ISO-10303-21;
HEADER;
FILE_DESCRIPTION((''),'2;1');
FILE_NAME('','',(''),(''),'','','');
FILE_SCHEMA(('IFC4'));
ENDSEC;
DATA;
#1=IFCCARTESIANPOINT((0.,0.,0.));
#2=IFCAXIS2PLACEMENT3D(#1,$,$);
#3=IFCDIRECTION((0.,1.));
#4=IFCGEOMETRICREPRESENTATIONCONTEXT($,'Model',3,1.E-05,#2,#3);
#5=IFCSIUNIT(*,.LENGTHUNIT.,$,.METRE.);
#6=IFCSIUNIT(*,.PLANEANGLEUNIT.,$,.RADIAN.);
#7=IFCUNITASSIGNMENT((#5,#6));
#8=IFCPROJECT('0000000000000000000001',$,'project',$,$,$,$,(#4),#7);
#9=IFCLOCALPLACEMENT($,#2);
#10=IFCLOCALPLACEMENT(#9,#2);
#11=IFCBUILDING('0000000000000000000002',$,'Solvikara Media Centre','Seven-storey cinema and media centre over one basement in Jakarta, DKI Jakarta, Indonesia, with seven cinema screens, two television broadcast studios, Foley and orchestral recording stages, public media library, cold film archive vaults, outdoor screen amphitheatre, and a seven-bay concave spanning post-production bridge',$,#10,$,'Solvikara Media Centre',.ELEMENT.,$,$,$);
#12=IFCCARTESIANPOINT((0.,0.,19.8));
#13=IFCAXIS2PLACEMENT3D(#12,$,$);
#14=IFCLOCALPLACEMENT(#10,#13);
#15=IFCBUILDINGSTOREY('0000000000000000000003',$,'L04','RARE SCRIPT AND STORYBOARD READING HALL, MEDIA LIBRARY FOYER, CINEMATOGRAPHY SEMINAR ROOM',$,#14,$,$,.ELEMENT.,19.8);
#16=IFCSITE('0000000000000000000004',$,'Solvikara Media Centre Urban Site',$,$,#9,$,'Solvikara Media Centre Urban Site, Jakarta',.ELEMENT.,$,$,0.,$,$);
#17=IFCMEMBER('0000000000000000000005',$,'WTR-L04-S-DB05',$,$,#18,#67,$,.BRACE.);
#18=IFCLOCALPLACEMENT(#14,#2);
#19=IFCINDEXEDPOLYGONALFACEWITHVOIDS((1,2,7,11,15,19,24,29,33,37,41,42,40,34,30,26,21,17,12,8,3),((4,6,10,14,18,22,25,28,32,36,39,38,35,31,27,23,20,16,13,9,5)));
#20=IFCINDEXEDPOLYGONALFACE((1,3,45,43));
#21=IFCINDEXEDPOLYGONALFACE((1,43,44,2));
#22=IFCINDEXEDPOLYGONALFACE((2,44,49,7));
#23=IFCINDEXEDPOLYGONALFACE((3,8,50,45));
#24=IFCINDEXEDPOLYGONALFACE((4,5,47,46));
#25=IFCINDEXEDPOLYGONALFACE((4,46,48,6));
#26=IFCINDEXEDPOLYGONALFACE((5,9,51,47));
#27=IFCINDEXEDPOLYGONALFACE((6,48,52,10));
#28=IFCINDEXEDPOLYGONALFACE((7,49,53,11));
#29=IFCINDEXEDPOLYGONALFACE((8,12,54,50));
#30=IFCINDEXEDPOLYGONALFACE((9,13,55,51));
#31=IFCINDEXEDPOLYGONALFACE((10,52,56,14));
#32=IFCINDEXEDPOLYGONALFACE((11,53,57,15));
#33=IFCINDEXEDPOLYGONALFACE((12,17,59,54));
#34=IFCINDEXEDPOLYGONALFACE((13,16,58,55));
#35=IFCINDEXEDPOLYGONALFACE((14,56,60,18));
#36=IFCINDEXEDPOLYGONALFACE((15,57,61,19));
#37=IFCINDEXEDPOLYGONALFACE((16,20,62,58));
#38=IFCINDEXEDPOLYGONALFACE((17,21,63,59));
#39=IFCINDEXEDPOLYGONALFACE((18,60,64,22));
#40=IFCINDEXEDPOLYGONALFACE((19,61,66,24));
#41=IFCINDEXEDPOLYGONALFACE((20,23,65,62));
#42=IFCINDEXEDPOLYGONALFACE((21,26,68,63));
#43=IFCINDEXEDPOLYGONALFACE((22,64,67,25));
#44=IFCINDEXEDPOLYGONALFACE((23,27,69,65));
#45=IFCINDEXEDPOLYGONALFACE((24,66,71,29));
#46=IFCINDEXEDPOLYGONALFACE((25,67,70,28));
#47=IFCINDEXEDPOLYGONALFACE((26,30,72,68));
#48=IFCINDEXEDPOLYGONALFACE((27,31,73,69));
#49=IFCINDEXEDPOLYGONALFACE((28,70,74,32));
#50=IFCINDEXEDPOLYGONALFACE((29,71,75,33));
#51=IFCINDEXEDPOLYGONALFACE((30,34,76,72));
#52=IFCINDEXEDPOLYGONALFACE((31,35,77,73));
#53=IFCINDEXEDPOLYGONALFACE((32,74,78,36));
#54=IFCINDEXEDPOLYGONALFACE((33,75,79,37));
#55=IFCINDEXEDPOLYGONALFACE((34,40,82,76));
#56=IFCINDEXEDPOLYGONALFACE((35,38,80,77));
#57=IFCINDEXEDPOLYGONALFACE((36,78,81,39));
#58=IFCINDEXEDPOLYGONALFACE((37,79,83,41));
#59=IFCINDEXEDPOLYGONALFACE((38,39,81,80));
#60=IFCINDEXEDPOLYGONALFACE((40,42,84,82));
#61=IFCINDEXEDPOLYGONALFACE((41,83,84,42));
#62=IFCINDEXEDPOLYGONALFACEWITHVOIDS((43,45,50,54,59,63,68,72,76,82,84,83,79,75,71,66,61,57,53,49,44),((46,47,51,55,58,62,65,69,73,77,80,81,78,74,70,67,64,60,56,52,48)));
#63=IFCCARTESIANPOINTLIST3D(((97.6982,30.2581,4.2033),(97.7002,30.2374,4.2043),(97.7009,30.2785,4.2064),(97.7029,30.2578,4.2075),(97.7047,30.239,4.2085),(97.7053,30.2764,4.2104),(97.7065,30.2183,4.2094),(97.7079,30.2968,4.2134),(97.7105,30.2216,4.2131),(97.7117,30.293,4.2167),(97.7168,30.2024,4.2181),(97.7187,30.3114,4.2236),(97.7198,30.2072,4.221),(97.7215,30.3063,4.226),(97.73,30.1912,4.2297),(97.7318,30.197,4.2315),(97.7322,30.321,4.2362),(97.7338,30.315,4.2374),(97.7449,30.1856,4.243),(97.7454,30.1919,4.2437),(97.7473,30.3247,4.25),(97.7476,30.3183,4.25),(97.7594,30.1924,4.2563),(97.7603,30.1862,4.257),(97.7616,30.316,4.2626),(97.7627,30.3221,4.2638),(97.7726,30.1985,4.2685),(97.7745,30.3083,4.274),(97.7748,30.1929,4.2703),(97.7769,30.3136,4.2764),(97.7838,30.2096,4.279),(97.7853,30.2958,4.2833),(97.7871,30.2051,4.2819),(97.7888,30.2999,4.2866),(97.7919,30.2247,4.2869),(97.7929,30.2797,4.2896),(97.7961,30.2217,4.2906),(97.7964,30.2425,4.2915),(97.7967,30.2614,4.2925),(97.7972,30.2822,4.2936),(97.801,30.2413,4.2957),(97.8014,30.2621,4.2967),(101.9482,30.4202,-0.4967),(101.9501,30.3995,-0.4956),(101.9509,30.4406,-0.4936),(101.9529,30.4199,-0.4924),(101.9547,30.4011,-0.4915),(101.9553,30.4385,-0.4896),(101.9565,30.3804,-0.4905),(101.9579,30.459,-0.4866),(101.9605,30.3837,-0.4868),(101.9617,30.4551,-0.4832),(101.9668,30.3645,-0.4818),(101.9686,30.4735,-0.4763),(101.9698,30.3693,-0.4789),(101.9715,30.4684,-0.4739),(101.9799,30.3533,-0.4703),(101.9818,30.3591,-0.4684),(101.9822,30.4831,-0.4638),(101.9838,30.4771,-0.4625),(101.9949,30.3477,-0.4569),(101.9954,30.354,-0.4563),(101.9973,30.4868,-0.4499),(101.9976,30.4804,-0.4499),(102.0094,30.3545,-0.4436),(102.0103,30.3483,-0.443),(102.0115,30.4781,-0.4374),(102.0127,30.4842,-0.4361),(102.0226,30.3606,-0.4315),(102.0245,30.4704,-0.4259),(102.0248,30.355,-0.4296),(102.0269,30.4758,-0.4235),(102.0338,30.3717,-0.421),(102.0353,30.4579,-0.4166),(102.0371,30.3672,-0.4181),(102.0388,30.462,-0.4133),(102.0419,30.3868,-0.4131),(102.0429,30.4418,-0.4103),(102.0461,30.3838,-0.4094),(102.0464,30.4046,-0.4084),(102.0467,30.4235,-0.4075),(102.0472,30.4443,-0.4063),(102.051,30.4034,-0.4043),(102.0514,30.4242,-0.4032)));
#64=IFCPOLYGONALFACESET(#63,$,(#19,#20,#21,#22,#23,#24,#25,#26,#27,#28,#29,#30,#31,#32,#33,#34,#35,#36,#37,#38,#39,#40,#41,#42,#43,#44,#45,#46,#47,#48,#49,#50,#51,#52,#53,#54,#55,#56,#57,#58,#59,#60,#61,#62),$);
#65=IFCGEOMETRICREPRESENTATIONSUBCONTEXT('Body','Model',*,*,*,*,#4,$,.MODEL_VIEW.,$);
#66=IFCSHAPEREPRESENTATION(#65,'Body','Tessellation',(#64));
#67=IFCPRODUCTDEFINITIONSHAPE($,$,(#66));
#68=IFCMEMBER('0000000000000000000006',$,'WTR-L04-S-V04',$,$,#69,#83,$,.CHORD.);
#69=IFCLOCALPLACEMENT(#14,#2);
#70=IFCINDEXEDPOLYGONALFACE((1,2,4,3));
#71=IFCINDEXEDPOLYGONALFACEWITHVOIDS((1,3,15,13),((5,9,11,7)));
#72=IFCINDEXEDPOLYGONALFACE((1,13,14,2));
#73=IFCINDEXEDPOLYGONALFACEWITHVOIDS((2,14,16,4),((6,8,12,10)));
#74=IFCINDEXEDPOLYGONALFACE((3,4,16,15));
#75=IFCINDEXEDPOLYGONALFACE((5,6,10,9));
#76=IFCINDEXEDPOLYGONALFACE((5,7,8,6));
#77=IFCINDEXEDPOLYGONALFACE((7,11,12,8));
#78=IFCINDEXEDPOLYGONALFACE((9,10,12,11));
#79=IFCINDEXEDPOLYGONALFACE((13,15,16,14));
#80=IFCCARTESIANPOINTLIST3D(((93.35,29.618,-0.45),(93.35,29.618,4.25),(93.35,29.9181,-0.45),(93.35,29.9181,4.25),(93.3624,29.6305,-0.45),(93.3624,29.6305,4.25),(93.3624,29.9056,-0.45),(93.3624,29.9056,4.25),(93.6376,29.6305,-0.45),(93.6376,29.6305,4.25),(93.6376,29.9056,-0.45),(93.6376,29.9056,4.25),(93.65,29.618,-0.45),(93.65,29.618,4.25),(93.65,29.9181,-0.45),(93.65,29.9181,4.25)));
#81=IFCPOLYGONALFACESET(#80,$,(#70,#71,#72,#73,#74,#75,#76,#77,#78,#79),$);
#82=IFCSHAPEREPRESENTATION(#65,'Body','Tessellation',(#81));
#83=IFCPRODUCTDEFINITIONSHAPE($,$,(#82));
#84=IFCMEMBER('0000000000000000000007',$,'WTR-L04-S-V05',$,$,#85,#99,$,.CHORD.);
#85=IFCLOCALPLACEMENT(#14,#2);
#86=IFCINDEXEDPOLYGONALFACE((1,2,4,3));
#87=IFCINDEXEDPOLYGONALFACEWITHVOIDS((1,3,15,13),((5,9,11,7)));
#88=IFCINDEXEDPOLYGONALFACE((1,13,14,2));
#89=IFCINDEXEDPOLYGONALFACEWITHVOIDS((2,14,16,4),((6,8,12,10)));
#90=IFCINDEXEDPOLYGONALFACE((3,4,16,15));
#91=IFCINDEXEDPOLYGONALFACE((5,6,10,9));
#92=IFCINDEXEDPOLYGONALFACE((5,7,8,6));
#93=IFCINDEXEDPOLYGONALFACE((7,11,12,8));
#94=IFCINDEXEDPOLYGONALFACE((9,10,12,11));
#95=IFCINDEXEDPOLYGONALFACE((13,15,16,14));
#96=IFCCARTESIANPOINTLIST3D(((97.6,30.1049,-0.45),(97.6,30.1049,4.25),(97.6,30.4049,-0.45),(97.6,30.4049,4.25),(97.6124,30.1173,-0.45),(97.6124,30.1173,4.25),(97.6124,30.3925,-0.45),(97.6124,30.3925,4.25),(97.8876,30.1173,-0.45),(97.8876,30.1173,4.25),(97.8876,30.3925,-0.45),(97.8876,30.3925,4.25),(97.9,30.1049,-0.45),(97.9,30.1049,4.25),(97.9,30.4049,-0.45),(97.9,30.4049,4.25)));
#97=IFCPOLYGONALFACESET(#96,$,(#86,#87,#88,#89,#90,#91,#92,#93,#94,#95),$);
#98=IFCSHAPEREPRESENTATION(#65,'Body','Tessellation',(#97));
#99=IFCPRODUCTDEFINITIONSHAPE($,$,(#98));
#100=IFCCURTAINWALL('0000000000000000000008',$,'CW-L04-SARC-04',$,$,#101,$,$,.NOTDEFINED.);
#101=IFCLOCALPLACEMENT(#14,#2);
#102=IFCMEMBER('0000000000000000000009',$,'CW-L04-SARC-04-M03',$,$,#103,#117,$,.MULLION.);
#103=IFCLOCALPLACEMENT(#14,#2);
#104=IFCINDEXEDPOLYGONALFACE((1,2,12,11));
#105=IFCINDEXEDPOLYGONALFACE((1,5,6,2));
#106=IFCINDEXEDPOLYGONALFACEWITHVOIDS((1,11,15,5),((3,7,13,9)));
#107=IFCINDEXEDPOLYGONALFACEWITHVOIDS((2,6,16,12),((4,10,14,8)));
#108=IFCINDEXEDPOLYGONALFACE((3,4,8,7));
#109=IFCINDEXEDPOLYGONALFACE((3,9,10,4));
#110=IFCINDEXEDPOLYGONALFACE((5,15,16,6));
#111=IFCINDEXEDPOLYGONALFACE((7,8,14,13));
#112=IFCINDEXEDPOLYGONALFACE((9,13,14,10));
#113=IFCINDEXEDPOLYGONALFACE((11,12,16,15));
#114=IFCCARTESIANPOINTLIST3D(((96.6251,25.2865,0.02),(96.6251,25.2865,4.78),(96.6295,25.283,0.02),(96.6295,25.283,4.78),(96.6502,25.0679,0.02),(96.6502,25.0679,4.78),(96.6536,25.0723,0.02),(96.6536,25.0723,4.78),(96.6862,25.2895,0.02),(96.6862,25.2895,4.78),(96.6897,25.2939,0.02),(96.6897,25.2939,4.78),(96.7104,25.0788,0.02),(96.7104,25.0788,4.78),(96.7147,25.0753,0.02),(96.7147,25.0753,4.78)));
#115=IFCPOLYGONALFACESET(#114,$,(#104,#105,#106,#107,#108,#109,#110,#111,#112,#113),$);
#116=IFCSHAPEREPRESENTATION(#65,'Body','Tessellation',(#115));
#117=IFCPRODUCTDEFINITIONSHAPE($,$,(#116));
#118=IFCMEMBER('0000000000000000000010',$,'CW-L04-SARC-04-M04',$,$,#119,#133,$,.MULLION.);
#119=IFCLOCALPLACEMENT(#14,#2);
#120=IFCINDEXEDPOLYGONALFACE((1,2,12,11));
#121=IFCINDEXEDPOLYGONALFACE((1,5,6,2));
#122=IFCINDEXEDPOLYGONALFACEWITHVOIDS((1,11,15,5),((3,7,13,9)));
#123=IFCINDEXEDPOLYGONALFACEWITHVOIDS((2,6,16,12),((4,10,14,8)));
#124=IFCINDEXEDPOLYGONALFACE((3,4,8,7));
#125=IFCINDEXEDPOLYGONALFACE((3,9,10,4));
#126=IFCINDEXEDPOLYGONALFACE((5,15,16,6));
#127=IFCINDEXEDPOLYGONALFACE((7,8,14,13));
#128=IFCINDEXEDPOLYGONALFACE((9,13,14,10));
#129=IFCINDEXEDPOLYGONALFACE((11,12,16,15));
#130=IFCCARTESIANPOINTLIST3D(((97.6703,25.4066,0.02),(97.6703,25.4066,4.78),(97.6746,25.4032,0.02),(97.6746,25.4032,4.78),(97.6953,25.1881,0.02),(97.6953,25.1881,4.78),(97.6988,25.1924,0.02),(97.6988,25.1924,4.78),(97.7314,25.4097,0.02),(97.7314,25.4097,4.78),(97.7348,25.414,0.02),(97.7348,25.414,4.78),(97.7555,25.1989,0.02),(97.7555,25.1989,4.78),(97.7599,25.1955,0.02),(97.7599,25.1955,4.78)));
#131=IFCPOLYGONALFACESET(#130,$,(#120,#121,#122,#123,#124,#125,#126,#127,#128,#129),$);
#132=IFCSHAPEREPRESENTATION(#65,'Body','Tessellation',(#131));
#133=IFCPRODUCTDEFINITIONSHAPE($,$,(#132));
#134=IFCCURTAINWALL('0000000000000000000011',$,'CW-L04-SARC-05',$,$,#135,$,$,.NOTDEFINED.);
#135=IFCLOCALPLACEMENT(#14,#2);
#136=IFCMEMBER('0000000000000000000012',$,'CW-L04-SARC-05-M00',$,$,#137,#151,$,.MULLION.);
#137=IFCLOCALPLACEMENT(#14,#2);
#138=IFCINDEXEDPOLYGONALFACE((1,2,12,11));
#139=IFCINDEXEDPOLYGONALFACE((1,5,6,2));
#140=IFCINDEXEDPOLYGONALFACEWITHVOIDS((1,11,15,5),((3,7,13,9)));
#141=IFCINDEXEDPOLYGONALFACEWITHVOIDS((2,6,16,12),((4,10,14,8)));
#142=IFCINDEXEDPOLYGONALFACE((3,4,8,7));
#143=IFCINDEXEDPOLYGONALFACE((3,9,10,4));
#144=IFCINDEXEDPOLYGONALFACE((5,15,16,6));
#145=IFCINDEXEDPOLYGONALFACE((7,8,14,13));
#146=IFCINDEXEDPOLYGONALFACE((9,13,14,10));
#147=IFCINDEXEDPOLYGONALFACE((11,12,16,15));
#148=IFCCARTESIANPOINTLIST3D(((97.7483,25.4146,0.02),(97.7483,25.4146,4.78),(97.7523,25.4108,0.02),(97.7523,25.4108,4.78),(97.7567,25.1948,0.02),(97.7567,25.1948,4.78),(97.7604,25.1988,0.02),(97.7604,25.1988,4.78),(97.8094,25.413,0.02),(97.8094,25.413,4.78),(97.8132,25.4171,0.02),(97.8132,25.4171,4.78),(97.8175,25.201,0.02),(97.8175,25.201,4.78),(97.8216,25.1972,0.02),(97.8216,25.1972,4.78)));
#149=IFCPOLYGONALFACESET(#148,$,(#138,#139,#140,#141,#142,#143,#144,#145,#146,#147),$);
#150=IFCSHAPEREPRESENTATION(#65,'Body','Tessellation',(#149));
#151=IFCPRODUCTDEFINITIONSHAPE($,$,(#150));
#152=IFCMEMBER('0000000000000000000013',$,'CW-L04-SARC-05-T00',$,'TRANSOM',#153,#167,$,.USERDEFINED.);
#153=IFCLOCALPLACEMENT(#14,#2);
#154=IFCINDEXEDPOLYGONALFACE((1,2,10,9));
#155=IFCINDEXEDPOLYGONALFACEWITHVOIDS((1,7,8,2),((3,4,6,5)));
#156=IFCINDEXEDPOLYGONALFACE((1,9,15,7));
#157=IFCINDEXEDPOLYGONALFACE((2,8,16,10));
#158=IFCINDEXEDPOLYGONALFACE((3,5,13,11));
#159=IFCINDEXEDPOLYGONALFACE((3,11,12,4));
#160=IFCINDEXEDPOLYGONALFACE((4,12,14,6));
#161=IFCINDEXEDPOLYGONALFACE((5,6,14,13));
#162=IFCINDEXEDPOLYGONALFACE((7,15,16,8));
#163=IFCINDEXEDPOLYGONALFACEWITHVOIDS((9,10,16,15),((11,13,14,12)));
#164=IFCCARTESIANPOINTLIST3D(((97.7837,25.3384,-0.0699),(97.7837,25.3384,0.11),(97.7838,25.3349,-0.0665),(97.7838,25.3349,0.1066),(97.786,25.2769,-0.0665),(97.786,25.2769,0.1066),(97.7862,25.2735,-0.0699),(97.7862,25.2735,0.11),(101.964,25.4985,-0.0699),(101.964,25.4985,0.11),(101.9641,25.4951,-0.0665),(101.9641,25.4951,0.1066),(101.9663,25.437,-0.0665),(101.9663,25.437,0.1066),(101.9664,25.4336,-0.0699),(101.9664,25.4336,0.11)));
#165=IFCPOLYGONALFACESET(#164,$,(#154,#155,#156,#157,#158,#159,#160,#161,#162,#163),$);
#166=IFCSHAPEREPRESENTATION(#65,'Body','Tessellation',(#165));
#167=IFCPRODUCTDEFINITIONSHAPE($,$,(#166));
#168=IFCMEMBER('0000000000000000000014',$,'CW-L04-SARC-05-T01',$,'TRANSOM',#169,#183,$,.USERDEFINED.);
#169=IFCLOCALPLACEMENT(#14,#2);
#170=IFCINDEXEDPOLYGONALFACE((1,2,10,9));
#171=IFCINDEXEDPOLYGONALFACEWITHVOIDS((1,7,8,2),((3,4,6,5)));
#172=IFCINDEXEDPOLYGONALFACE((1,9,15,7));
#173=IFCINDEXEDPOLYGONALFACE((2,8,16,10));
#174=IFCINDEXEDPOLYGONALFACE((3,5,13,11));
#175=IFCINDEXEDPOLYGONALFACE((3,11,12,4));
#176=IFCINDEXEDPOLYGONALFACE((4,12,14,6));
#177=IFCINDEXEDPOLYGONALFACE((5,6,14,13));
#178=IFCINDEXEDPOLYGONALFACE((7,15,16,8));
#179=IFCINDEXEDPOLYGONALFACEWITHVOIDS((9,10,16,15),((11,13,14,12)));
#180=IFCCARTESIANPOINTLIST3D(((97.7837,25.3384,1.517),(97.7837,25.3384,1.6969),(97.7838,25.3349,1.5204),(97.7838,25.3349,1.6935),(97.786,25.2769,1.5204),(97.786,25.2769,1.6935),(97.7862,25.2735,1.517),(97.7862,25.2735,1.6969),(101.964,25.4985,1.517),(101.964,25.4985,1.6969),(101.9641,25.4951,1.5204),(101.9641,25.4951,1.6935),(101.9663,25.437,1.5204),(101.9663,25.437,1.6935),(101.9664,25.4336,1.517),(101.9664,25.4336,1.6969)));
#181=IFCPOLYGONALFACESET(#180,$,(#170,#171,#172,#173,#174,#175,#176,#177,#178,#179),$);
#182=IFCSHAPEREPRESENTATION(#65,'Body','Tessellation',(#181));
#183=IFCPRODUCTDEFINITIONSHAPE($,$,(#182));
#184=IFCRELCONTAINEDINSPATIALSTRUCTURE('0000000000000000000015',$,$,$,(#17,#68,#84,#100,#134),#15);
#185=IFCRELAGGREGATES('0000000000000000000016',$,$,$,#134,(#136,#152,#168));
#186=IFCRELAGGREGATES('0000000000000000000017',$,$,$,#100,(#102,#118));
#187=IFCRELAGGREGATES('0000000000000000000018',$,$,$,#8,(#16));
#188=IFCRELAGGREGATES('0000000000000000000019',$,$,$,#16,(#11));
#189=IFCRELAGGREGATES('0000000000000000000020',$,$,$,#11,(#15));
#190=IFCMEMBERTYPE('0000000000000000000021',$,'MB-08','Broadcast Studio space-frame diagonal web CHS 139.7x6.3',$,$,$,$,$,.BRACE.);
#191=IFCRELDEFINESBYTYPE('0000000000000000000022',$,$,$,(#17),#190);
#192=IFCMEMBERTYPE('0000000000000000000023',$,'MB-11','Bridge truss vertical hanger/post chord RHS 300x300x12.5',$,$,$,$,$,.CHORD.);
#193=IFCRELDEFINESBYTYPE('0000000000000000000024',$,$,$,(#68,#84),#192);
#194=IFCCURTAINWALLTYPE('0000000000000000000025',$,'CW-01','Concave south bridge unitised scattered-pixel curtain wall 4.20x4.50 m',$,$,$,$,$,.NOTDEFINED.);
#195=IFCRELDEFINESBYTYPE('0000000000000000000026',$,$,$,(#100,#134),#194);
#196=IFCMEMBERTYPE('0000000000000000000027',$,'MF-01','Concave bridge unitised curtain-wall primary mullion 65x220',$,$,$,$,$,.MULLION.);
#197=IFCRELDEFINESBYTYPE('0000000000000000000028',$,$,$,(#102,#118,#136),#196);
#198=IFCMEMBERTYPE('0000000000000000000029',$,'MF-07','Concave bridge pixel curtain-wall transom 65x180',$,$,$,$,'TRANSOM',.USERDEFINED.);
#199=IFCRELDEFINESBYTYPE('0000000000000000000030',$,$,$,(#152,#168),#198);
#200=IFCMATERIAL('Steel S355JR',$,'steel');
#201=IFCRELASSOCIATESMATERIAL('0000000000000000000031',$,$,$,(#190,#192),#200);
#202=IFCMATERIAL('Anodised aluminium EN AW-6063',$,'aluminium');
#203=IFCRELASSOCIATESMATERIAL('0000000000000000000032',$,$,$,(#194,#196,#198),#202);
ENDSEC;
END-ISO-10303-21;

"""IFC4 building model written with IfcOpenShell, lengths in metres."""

from ifc_helpers import new_model, si_unit, direction, frame, origin, origin_2d, place, context, subcontext, project, spatial, hollow_rectangle, hollow_circle, extrude, material, material_profile, profile_set, type_object, element, aggregate, save


model = new_model("IFC4")

# Units and contexts
model_context = context("Model", 3, precision=1e-05, world=origin(), true_north=direction((0.0, 1.0)))
body_context = subcontext(model_context, "Body", "Model", "MODEL_VIEW")
ifc_project = project(units=[si_unit("LENGTHUNIT", "METRE"), si_unit("PLANEANGLEUNIT", "RADIAN")], contexts=[model_context])

# Site, building, storey
site_placement = place(None, origin())
site = spatial("IfcSite", under=ifc_project, at=site_placement, Name="Solvikara Media Centre Urban Site", LongName="Solvikara Media Centre Urban Site, Jakarta", CompositionType="ELEMENT", RefElevation=0.0)
building_placement = place(site_placement, origin())
building = spatial("IfcBuilding", under=site, at=building_placement, Name="Solvikara Media Centre", Description="Seven-storey cinema and media centre over one basement in Jakarta, DKI Jakarta, Indonesia, with seven cinema screens, two television broadcast studios, Foley and orchestral recording stages, public media library, cold film archive vaults, outdoor screen amphitheatre, and a seven-bay concave spanning post-production bridge", LongName="Solvikara Media Centre", CompositionType="ELEMENT")
storey_placement = place(building_placement, frame((0.0, 0.0, 19.8)))
storey = spatial("IfcBuildingStorey", under=building, at=storey_placement, Name="L04", Description="RARE SCRIPT AND STORYBOARD READING HALL, MEDIA LIBRARY FOYER, CINEMATOGRAPHY SEMINAR ROOM", CompositionType="ELEMENT", Elevation=19.8)

# Shared definitions
ifc_material_1 = material(Name="Steel S355JR", Category="steel")

# Members
ifc_material_profile_1 = material_profile(ifc_material_1, hollow_circle(Radius=0.0698, WallThickness=0.0063, at=origin_2d()), Name="CHS 139.7x6.3")
ifc_profile_set_1 = profile_set([ifc_material_profile_1], Name="Steel S355JR")
member_type_1 = type_object("IfcMemberType", Name="MB-08", Description="Broadcast Studio space-frame diagonal web CHS 139.7x6.3", PredefinedType="BRACE", material=ifc_profile_set_1)
member_1_placement = place(storey_placement, frame((97.75, 30.2549, 4.25), z_axis=(0.670491, 0.025575, -0.741477), x_axis=(-0.038116, 0.999273, 0.0)))
element("IfcMember", 1, at=member_1_placement, inside=storey, type_object=member_type_1, Name="WTR-L04-S-DB05", PredefinedType="BRACE", context=body_context, shape_type="SweptSolid", body=[
    extrude(hollow_circle(Radius=0.0698, WallThickness=0.0063, at=origin_2d()), origin(), (0.0, 0.0, 1.0), 6.3386),
])
ifc_material_profile_2 = material_profile(ifc_material_1, hollow_rectangle(XDim=0.3, YDim=0.3, WallThickness=0.0125, at=origin_2d()), Name="RHS 300x300x12.5")
ifc_profile_set_2 = profile_set([ifc_material_profile_2], Name="Steel S355JR")
member_type_2 = type_object("IfcMemberType", Name="MB-11", Description="Bridge truss vertical hanger/post chord RHS 300x300x12.5", PredefinedType="CHORD", material=ifc_profile_set_2)
for number, where, z_axis, x_axis, name in (
    (2, (93.5, 29.7681, -0.45), (0.0, 0.0, 1.0), (1.0, 0.0, 0.0), "WTR-L04-S-V04"),
    (3, (97.75, 30.2549, -0.45), (0.0, 0.0, 1.0), (1.0, 0.0, 0.0), "WTR-L04-S-V05"),
):
    element("IfcMember", number, at=place(storey_placement, frame(where, z_axis=z_axis, x_axis=x_axis)), inside=storey, type_object=member_type_2, Name=name, PredefinedType="CHORD", context=body_context, shape_type="SweptSolid", body=[
        extrude(hollow_rectangle(XDim=0.3, YDim=0.3, WallThickness=0.0125, at=origin_2d()), origin(), (0.0, 0.0, 1.0), 4.7),
    ])

# Curtain walls, members
ifc_material_2 = material(Name="Anodised aluminium EN AW-6063", Category="aluminium")
curtain_wall_type = type_object("IfcCurtainWallType", Name="CW-01", Description="Concave south bridge unitised scattered-pixel curtain wall 4.20x4.50 m", PredefinedType="NOTDEFINED", material=ifc_material_2)
curtain_wall_1_placement = place(storey_placement, origin())
curtain_wall_1 = element("IfcCurtainWall", 4, at=curtain_wall_1_placement, inside=storey, type_object=curtain_wall_type, Name="CW-L04-SARC-04", PredefinedType="NOTDEFINED")
ifc_material_profile_3 = material_profile(ifc_material_2, hollow_rectangle(XDim=0.0649, YDim=0.22, WallThickness=0.0039, at=origin_2d()), Name="ALU-M 65x220x4")
ifc_profile_set_3 = profile_set([ifc_material_profile_3], Name="Anodised aluminium EN AW-6063")
member_type_3 = type_object("IfcMemberType", Name="MF-01", Description="Concave bridge unitised curtain-wall primary mullion 65x220", PredefinedType="MULLION", material=ifc_profile_set_3)
member_2_placement = place(storey_placement, frame((96.6699, 25.1809, 0.02), z_axis=(0.0, 0.0, 1.0), x_axis=(0.993499, 0.113845, 0.0)))
member_2 = element("IfcMember", 5, at=member_2_placement, type_object=member_type_3, Name="CW-L04-SARC-04-M03", PredefinedType="MULLION", context=body_context, shape_type="SweptSolid", body=[
    extrude(hollow_rectangle(XDim=0.0649, YDim=0.22, WallThickness=0.0039, at=origin_2d()), origin(), (0.0, 0.0, 1.0), 4.76),
])
member_3_placement = place(storey_placement, frame((97.7151, 25.301, 0.02), z_axis=(0.0, 0.0, 1.0), x_axis=(0.993499, 0.113845, 0.0)))
member_3 = element("IfcMember", 6, at=member_3_placement, type_object=member_type_3, Name="CW-L04-SARC-04-M04", PredefinedType="MULLION", context=body_context, shape_type="SweptSolid", body=[
    extrude(hollow_rectangle(XDim=0.0649, YDim=0.22, WallThickness=0.0039, at=origin_2d()), origin(), (0.0, 0.0, 1.0), 4.76),
])
curtain_wall_2_placement = place(storey_placement, origin())
curtain_wall_2 = element("IfcCurtainWall", 7, at=curtain_wall_2_placement, inside=storey, type_object=curtain_wall_type, Name="CW-L04-SARC-05", PredefinedType="NOTDEFINED")
member_4_placement = place(storey_placement, frame((97.7849, 25.3059, 0.02), z_axis=(0.0, 0.0, 1.0), x_axis=(0.999268, 0.038248, 0.0)))
member_4 = element("IfcMember", 8, at=member_4_placement, type_object=member_type_3, Name="CW-L04-SARC-05-M00", PredefinedType="MULLION", context=body_context, shape_type="SweptSolid", body=[
    extrude(hollow_rectangle(XDim=0.0649, YDim=0.22, WallThickness=0.0039, at=origin_2d()), origin(), (0.0, 0.0, 1.0), 4.76),
])
ifc_material_profile_4 = material_profile(ifc_material_2, hollow_rectangle(XDim=0.0649, YDim=0.1799, WallThickness=0.0034, at=origin_2d()), Name="ALU-T 65x180x3.5")
ifc_profile_set_4 = profile_set([ifc_material_profile_4], Name="Anodised aluminium EN AW-6063")
member_type_4 = type_object("IfcMemberType", Name="MF-07", Description="Concave bridge pixel curtain-wall transom 65x180", ElementType="TRANSOM", PredefinedType="USERDEFINED", material=ifc_profile_set_4)
member_5_placement = place(storey_placement, frame((97.7849, 25.3059, 0.02), z_axis=(0.999267, 0.038285, 0.0), x_axis=(-0.038285, 0.999267, 0.0)))
member_5 = element("IfcMember", 9, at=member_5_placement, type_object=member_type_4, Name="CW-L04-SARC-05-T00", ObjectType="TRANSOM", PredefinedType="USERDEFINED", context=body_context, shape_type="SweptSolid", body=[
    extrude(hollow_rectangle(XDim=0.0649, YDim=0.1799, WallThickness=0.0034, at=origin_2d()), origin(), (0.0, 0.0, 1.0), 4.1833),
])
member_6_placement = place(storey_placement, frame((97.7849, 25.3059, 1.6069), z_axis=(0.999267, 0.038285, 0.0), x_axis=(-0.038285, 0.999267, 0.0)))
member_6 = element("IfcMember", 10, at=member_6_placement, type_object=member_type_4, Name="CW-L04-SARC-05-T01", ObjectType="TRANSOM", PredefinedType="USERDEFINED", context=body_context, shape_type="SweptSolid", body=[
    extrude(hollow_rectangle(XDim=0.0649, YDim=0.1799, WallThickness=0.0034, at=origin_2d()), origin(), (0.0, 0.0, 1.0), 4.1833),
])
aggregate(curtain_wall_2, [member_4, member_5, member_6])

aggregate(curtain_wall_1, [member_2, member_3])

save(model, "model.ifc")
